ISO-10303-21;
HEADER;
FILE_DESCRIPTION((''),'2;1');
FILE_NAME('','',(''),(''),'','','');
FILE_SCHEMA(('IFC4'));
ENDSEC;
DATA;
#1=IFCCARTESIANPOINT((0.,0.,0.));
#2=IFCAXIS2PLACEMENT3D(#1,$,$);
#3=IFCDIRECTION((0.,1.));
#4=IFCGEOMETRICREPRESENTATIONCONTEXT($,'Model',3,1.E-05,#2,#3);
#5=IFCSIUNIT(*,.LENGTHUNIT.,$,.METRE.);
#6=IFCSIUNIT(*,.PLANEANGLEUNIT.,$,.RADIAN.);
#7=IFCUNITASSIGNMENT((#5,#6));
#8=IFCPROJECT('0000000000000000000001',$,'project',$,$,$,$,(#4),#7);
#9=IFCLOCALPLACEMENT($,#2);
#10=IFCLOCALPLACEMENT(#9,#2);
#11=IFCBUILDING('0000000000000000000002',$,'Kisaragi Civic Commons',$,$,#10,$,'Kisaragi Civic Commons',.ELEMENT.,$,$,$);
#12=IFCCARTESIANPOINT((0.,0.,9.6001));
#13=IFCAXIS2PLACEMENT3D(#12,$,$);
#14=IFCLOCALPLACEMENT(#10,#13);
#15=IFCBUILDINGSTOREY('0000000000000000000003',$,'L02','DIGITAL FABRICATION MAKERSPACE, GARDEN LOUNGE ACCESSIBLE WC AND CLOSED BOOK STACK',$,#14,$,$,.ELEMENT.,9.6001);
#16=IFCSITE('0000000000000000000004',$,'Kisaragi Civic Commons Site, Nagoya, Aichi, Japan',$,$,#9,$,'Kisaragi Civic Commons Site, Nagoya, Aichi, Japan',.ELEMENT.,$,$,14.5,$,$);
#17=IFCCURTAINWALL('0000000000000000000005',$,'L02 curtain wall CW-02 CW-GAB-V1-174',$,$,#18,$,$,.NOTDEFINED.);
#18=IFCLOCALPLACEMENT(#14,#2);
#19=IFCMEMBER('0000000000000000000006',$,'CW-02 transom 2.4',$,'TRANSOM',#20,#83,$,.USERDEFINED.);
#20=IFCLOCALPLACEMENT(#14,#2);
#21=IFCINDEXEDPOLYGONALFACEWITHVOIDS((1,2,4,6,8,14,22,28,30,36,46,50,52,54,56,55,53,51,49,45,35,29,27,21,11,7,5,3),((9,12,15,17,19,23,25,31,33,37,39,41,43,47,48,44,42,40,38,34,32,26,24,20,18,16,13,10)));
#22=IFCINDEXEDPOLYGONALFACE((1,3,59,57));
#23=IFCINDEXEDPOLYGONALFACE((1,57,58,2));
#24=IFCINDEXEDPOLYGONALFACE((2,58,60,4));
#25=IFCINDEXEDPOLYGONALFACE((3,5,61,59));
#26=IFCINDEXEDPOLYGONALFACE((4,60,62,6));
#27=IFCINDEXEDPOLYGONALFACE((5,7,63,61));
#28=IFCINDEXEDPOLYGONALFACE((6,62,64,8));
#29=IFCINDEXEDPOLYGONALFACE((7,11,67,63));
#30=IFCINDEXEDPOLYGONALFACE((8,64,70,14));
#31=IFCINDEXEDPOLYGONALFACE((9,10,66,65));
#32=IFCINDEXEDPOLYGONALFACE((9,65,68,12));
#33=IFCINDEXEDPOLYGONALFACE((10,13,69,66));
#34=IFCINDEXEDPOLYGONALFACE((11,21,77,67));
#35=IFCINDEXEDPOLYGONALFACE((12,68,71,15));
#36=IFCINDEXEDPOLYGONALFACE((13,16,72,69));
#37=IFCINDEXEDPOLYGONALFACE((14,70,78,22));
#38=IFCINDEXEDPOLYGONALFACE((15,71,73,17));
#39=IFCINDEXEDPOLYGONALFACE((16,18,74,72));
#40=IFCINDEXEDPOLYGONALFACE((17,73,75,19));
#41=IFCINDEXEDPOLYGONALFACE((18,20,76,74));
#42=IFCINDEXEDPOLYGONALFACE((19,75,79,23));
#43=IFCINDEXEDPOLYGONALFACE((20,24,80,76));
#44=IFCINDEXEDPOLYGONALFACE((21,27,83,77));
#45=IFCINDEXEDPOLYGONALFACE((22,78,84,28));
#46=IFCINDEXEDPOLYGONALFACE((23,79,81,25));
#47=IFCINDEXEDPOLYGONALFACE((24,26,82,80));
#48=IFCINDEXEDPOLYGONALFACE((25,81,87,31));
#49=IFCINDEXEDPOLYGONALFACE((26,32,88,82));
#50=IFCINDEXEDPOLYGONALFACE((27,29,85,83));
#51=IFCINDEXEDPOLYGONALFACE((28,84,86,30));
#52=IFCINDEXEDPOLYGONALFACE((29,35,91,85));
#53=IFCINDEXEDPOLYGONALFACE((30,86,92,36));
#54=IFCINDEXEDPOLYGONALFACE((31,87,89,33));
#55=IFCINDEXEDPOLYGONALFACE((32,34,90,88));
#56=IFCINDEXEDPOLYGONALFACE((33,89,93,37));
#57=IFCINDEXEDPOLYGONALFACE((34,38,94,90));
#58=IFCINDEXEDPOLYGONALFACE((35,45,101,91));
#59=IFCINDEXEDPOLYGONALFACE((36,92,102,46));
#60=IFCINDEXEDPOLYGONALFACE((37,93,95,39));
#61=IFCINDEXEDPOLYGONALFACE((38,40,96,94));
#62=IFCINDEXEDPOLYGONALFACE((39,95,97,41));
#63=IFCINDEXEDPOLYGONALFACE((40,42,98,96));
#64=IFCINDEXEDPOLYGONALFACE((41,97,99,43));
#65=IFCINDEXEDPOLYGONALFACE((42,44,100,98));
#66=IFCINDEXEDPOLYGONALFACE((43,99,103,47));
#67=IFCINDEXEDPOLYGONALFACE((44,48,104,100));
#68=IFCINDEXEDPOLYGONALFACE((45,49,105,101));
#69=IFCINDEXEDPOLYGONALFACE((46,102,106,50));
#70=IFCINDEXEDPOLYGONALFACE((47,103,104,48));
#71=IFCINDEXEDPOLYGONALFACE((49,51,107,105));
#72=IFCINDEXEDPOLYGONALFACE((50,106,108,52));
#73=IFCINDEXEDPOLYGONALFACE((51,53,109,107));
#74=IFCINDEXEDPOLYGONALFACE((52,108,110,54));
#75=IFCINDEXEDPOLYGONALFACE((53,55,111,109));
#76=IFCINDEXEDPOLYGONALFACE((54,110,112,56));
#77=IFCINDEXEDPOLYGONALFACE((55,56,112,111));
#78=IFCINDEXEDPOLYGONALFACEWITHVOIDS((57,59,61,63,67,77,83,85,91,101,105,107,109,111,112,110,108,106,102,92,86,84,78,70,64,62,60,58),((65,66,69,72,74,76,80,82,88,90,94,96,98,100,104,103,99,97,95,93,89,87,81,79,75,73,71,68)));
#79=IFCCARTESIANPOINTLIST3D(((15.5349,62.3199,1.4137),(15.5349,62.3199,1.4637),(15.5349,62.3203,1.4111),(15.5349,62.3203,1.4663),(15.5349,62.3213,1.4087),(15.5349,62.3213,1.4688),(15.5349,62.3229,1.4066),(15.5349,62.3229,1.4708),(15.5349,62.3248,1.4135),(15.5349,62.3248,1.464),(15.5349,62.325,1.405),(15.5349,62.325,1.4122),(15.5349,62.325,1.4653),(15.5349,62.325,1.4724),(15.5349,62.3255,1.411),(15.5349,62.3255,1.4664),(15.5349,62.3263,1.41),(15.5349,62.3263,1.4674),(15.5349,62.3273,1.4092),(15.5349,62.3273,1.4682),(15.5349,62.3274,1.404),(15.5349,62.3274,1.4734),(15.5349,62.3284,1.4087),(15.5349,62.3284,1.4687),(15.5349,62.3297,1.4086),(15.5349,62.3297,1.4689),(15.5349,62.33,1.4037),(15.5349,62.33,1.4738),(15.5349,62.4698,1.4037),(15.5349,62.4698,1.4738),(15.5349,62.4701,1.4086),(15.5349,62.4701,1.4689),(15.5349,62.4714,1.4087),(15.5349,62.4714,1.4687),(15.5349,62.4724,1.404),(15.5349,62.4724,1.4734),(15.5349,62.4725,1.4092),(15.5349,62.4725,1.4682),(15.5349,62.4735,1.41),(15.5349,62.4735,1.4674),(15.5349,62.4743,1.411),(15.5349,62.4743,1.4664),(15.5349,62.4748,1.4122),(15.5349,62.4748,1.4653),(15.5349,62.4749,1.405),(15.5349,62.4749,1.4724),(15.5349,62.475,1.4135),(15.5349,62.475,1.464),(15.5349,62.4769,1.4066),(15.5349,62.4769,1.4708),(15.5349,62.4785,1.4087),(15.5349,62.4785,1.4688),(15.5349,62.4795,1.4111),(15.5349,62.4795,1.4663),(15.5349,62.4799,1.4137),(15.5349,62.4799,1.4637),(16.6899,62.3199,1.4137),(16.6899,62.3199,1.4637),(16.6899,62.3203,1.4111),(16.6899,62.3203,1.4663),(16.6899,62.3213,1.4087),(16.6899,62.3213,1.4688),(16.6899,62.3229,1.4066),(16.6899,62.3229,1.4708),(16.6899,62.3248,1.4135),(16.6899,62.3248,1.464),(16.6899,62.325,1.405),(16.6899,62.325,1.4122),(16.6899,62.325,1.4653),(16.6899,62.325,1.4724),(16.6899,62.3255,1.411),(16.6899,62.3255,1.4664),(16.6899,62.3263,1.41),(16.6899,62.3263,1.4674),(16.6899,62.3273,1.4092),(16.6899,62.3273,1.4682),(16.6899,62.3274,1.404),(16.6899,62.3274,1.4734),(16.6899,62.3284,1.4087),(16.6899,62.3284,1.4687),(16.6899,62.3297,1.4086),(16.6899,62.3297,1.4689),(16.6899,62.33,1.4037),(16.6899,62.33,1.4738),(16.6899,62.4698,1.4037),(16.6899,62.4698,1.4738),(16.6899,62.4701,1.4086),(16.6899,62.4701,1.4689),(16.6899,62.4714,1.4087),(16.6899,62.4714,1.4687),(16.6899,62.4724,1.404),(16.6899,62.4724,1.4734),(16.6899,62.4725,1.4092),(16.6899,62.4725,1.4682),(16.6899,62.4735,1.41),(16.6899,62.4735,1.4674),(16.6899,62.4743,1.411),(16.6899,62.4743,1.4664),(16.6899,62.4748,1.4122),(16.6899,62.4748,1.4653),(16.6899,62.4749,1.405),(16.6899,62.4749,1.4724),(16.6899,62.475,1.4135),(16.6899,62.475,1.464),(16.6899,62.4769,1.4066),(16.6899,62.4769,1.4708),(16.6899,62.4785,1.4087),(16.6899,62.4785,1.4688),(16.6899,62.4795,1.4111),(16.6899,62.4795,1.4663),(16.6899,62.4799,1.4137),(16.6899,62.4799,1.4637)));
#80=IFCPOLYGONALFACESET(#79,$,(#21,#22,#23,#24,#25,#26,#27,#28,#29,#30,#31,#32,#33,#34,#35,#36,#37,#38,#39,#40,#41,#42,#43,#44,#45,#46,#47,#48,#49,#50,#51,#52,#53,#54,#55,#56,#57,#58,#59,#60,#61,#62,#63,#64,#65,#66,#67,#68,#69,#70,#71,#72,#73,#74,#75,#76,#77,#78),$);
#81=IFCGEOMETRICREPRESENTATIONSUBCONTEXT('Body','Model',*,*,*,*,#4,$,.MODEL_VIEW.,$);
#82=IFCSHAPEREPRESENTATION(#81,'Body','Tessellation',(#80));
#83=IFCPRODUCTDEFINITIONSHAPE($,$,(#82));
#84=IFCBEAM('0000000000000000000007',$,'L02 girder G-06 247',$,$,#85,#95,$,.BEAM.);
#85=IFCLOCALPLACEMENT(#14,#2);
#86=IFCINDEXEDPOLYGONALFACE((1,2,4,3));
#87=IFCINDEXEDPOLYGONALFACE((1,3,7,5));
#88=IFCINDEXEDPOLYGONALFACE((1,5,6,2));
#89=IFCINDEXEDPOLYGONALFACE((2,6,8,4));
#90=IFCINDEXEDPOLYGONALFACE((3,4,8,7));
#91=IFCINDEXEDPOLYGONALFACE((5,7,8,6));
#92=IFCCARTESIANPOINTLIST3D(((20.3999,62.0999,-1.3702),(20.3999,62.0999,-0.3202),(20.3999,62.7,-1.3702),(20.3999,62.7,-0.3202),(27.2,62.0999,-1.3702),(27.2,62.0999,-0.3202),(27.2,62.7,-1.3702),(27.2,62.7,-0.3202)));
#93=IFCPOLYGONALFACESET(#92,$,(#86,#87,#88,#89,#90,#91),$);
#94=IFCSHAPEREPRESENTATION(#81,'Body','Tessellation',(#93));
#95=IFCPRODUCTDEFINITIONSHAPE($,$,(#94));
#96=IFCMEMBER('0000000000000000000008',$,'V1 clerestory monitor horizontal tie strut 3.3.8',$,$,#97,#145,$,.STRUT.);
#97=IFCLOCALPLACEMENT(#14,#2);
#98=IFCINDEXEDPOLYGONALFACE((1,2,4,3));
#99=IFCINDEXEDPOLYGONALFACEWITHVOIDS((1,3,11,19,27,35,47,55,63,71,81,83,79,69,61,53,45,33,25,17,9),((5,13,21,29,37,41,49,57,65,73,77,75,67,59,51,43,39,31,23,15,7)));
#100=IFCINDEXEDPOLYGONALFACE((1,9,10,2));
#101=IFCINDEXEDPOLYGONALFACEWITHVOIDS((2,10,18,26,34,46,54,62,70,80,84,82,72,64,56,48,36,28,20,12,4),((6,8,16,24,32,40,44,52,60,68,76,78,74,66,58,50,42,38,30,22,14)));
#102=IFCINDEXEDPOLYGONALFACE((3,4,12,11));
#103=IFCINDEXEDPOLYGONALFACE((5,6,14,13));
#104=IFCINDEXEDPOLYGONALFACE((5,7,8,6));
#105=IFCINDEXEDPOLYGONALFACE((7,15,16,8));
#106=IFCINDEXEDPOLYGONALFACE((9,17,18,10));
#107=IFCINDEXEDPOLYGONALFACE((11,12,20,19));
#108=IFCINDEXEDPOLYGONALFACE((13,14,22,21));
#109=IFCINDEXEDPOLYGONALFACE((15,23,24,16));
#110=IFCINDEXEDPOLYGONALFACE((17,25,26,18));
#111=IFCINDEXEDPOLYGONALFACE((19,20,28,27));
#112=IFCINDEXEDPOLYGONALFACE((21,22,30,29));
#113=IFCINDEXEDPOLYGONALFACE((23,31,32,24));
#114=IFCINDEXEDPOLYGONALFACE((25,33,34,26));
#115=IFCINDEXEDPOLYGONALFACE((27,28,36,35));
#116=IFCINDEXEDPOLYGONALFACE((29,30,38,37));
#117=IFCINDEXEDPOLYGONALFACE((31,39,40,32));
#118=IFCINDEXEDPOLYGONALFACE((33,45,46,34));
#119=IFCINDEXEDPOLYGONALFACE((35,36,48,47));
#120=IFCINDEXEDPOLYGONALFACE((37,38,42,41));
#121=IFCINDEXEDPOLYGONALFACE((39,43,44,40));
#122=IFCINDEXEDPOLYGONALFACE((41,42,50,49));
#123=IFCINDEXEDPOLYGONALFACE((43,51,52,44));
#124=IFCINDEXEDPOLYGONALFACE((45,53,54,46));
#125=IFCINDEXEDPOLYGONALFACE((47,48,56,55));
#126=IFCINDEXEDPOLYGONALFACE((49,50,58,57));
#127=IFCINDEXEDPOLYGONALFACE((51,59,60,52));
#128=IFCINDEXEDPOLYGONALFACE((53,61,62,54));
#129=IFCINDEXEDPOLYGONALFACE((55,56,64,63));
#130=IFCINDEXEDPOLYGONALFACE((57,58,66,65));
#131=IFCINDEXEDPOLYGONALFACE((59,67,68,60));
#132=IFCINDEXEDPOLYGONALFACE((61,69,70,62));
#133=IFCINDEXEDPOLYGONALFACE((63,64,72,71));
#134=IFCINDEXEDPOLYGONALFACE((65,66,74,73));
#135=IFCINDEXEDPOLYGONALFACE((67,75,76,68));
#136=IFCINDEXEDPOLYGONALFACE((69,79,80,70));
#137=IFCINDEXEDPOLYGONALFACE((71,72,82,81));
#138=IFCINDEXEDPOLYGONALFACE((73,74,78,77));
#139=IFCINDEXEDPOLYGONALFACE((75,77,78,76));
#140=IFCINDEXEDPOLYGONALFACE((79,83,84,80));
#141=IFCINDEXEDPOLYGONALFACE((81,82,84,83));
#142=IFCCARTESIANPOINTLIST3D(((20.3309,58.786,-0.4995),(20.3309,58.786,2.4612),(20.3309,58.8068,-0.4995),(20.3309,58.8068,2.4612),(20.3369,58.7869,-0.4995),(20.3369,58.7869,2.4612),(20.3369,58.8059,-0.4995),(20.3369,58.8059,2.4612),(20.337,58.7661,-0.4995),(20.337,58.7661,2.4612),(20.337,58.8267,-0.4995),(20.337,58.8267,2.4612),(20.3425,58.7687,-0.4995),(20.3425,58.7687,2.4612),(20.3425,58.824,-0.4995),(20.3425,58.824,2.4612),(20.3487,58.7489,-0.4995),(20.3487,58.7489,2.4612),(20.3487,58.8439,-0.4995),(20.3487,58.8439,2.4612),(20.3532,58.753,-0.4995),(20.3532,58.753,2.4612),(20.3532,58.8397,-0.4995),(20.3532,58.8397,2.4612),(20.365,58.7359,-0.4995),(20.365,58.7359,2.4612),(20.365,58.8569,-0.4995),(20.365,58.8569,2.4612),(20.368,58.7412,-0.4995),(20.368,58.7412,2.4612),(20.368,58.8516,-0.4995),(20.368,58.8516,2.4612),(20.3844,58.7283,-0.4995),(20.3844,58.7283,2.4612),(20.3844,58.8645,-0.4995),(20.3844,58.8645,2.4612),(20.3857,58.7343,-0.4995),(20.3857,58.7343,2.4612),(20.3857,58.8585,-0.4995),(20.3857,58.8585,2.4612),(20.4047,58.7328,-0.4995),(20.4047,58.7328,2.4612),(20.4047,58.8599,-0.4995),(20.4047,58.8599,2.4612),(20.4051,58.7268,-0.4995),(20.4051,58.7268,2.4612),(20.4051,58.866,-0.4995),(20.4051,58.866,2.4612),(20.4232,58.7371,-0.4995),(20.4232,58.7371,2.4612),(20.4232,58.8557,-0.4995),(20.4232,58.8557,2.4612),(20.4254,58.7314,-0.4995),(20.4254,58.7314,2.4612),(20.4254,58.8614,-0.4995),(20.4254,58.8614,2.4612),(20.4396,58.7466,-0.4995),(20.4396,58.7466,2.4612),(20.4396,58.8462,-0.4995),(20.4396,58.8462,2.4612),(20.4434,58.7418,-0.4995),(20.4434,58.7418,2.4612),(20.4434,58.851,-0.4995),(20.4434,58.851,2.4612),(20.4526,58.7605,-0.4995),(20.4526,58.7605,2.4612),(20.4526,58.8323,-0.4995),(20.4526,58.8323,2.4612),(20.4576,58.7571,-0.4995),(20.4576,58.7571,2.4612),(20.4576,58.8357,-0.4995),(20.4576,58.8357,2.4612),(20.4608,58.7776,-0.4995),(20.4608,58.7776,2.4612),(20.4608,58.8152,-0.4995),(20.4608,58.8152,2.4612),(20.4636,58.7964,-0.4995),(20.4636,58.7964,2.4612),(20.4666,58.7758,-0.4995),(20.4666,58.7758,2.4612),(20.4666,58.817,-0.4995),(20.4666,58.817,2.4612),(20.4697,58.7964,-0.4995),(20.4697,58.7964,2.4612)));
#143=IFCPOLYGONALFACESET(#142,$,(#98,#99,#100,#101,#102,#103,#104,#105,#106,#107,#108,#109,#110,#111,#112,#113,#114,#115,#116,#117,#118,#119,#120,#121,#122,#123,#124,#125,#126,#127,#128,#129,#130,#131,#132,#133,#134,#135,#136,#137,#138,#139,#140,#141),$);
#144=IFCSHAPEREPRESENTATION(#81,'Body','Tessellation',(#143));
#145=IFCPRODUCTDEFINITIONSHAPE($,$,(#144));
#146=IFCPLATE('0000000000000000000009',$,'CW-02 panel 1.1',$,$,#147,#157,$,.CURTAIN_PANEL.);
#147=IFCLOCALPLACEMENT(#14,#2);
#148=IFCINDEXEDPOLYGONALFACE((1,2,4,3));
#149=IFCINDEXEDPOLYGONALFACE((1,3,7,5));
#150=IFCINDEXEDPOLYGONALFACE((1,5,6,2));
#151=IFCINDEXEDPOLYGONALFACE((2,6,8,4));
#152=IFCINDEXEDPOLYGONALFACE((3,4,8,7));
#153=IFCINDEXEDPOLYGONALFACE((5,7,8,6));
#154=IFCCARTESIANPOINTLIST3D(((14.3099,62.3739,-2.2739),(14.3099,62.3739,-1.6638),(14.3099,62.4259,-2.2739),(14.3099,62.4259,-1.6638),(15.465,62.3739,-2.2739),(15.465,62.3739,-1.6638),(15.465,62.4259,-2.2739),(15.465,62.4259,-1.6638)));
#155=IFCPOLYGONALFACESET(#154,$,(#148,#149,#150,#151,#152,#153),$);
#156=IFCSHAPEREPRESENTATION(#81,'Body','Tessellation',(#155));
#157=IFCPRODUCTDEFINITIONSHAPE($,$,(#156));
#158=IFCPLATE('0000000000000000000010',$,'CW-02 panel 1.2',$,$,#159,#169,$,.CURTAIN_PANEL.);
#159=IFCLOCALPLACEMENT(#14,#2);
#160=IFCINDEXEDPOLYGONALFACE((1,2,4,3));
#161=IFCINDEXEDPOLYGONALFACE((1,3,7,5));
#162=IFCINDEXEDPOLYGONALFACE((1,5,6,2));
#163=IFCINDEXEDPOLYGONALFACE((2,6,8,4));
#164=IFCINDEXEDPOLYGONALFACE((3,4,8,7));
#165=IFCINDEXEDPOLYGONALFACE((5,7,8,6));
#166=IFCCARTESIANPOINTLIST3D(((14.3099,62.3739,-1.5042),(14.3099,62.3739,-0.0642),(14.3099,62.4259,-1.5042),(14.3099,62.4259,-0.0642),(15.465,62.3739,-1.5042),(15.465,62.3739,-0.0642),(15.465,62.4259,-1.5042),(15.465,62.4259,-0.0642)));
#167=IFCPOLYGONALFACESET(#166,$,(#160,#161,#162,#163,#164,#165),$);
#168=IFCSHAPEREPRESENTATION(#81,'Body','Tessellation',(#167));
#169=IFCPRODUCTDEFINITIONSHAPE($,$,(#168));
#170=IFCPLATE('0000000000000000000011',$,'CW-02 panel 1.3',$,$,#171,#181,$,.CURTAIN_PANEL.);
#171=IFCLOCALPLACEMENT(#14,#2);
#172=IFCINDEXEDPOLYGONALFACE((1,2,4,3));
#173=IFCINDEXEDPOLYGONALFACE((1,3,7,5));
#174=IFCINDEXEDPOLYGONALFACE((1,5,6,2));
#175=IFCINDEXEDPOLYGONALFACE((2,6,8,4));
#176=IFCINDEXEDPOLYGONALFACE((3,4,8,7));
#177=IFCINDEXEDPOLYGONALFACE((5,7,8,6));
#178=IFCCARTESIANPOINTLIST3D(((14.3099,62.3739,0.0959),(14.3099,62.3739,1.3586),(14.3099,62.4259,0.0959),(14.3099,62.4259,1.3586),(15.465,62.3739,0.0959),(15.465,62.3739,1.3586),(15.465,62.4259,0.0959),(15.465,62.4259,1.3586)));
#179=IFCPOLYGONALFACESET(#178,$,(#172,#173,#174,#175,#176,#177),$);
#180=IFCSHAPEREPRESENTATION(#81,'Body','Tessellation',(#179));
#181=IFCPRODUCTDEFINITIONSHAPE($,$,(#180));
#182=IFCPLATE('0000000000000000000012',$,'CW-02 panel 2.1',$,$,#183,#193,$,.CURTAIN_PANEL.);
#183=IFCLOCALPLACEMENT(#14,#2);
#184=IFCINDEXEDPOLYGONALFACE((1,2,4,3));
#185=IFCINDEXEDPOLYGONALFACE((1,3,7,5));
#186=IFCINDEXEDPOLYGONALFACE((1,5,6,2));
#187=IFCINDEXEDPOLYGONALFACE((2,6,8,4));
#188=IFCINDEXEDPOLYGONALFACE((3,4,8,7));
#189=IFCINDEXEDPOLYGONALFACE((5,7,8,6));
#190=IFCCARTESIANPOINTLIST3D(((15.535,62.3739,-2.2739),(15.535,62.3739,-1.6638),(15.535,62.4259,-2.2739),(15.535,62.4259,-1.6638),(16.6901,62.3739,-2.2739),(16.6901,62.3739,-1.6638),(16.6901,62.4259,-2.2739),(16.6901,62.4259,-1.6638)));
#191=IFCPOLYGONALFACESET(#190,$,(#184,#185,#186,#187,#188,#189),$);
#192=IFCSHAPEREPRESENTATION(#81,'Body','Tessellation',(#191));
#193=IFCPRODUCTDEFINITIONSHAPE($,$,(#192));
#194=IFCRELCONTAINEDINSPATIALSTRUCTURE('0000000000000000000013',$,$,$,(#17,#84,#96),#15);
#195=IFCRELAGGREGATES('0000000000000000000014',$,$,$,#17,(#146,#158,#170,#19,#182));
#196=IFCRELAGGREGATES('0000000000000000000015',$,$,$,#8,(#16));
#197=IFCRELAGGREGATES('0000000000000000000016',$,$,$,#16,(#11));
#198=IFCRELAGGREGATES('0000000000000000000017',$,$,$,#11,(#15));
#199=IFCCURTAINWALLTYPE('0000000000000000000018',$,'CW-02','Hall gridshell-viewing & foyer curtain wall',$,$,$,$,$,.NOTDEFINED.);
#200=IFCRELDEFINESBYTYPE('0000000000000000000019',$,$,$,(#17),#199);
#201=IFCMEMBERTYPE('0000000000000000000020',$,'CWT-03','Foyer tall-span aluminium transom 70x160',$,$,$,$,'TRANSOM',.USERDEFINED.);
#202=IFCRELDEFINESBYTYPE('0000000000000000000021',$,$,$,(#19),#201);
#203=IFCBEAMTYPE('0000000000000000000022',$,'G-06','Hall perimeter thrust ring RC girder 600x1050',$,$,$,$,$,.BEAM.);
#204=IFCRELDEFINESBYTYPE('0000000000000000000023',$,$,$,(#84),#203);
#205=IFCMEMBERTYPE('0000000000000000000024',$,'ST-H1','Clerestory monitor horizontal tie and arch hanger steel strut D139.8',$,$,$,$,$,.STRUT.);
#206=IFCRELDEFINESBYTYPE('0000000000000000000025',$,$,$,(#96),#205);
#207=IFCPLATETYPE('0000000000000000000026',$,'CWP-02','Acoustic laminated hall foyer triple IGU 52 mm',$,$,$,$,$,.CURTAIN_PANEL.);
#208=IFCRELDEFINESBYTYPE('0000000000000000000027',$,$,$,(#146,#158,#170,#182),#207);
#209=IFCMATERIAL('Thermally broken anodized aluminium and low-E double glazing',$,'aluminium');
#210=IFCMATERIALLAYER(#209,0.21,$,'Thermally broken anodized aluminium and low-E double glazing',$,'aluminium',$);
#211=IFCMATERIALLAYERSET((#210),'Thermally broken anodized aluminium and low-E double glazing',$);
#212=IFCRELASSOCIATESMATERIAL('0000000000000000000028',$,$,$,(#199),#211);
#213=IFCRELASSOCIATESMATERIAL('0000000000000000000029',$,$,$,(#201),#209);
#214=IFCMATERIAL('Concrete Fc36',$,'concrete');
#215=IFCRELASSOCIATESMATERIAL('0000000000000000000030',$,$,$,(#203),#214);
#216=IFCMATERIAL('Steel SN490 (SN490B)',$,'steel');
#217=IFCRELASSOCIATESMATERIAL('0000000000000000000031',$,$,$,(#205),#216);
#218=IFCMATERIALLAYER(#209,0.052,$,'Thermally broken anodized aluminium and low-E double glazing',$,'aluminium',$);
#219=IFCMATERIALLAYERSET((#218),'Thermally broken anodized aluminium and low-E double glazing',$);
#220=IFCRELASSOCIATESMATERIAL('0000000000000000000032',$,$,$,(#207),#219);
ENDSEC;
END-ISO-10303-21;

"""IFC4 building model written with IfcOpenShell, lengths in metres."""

from ifc_helpers import new_model, si_unit, direction, frame, origin, origin_2d, place, context, subcontext, project, spatial, rectangle, hollow_rectangle, hollow_circle, extrude, material, layer, layer_set, material_profile, profile_set, type_object, element, aggregate, save


model = new_model("IFC4")

# Units and contexts
model_context = context("Model", 3, precision=1e-05, world=origin(), true_north=direction((0.0, 1.0)))
body_context = subcontext(model_context, "Body", "Model", "MODEL_VIEW")
ifc_project = project(units=[si_unit("LENGTHUNIT", "METRE"), si_unit("PLANEANGLEUNIT", "RADIAN")], contexts=[model_context])

# Site, building, storey
site_placement = place(None, origin())
site = spatial("IfcSite", under=ifc_project, at=site_placement, Name="Kisaragi Civic Commons Site, Nagoya, Aichi, Japan", LongName="Kisaragi Civic Commons Site, Nagoya, Aichi, Japan", CompositionType="ELEMENT", RefElevation=14.5)
building_placement = place(site_placement, origin())
building = spatial("IfcBuilding", under=site, at=building_placement, Name="Kisaragi Civic Commons", LongName="Kisaragi Civic Commons", CompositionType="ELEMENT")
storey_placement = place(building_placement, frame((0.0, 0.0, 9.6001)))
storey = spatial("IfcBuildingStorey", under=building, at=storey_placement, Name="L02", Description="DIGITAL FABRICATION MAKERSPACE, GARDEN LOUNGE ACCESSIBLE WC AND CLOSED BOOK STACK", CompositionType="ELEMENT", Elevation=9.6001)

# Shared definitions
ifc_material_1 = material(Name="Concrete Fc36", Category="concrete")

# Curtain wall, member
ifc_material_2 = material(Name="Thermally broken anodized aluminium and low-E double glazing", Category="aluminium")
ifc_layer_1 = layer(ifc_material_2, 0.21, Name="Thermally broken anodized aluminium and low-E double glazing", Category="aluminium")
ifc_layer_set_1 = layer_set([ifc_layer_1], Name="Thermally broken anodized aluminium and low-E double glazing")
curtain_wall_type = type_object("IfcCurtainWallType", Name="CW-02", Description="Hall gridshell-viewing & foyer curtain wall", PredefinedType="NOTDEFINED", material=ifc_layer_set_1)
curtain_wall_placement = place(storey_placement, origin())
curtain_wall = element("IfcCurtainWall", 1, at=curtain_wall_placement, inside=storey, type_object=curtain_wall_type, Name="L02 curtain wall CW-02 CW-GAB-V1-174", PredefinedType="NOTDEFINED")
ifc_material_profile_1 = material_profile(ifc_material_2, hollow_rectangle(XDim=0.1599, YDim=0.0701, WallThickness=0.0049, InnerFilletRadius=0.0049, OuterFilletRadius=0.01, at=origin_2d()), Name="CWT-70x160x5", Category="aluminium")
ifc_profile_set_1 = profile_set([ifc_material_profile_1], Name="Thermally broken anodized aluminium and low-E double glazing")
member_type_1 = type_object("IfcMemberType", Name="CWT-03", Description="Foyer tall-span aluminium transom 70x160", ElementType="TRANSOM", PredefinedType="USERDEFINED", material=ifc_profile_set_1)
member_1_placement = place(storey_placement, frame((15.5349, 62.3999, 1.4387), z_axis=(1.0, 0.0, 0.0), x_axis=(0.0, 1.0, 0.0)))
member_1 = element("IfcMember", 2, at=member_1_placement, type_object=member_type_1, Name="CW-02 transom 2.4", ObjectType="TRANSOM", PredefinedType="USERDEFINED", context=body_context, shape_type="SweptSolid", body=[
    extrude(hollow_rectangle(XDim=0.1599, YDim=0.0701, WallThickness=0.0049, InnerFilletRadius=0.0049, OuterFilletRadius=0.01, at=origin_2d()), origin(), (0.0, 0.0, 1.0), 1.155),
])

# Beam
ifc_material_profile_2 = material_profile(ifc_material_1, rectangle(XDim=0.6001, YDim=1.05, at=origin_2d()), Name="RC-600x1050", Category="concrete")
ifc_profile_set_2 = profile_set([ifc_material_profile_2], Name="Concrete Fc36")
beam_type_1 = type_object("IfcBeamType", Name="G-06", Description="Hall perimeter thrust ring RC girder 600x1050", PredefinedType="BEAM", material=ifc_profile_set_2)
beam_1_placement = place(storey_placement, frame((20.3999, 62.3999, -0.8452), z_axis=(1.0, 0.0, 0.0), x_axis=(0.0, 1.0, 0.0)))
element("IfcBeam", 3, at=beam_1_placement, inside=storey, type_object=beam_type_1, Name="L02 girder G-06 247", PredefinedType="BEAM", context=body_context, shape_type="SweptSolid", body=[
    extrude(rectangle(XDim=0.6001, YDim=1.05, at=origin_2d()), origin(), (0.0, 0.0, 1.0), 6.8),
])

# Member
ifc_material_3 = material(Name="Steel SN490 (SN490B)", Category="steel")
ifc_material_profile_3 = material_profile(ifc_material_3, hollow_circle(Radius=0.0698, WallThickness=0.0061, at=origin_2d()), Name="CHS-139.8x6.0", Category="steel")
ifc_profile_set_3 = profile_set([ifc_material_profile_3], Name="Steel SN490 (SN490B)")
member_type_2 = type_object("IfcMemberType", Name="ST-H1", Description="Clerestory monitor horizontal tie and arch hanger steel strut D139.8", PredefinedType="STRUT", material=ifc_profile_set_3)
member_2_placement = place(storey_placement, frame((20.3999, 58.7964, -0.4995), z_axis=(0.0, 0.0, 1.0), x_axis=(1.0, 0.0, 0.0)))
element("IfcMember", 4, at=member_2_placement, inside=storey, type_object=member_type_2, Name="V1 clerestory monitor horizontal tie strut 3.3.8", PredefinedType="STRUT", context=body_context, shape_type="SweptSolid", body=[
    extrude(hollow_circle(Radius=0.0698, WallThickness=0.0061, at=origin_2d()), origin(), (0.0, 0.0, 1.0), 2.9607),
])

# Plates
ifc_layer_2 = layer(ifc_material_2, 0.052, Name="Thermally broken anodized aluminium and low-E double glazing", Category="aluminium")
ifc_layer_set_2 = layer_set([ifc_layer_2], Name="Thermally broken anodized aluminium and low-E double glazing")
plate_type_1 = type_object("IfcPlateType", Name="CWP-02", Description="Acoustic laminated hall foyer triple IGU 52 mm", PredefinedType="CURTAIN_PANEL", material=ifc_layer_set_2)
plate_1_placement = place(storey_placement, frame((14.8875, 62.3999, -2.2739), z_axis=(0.0, 0.0, 1.0), x_axis=(1.0, 0.0, 0.0)))
plate_1 = element("IfcPlate", 5, at=plate_1_placement, type_object=plate_type_1, Name="CW-02 panel 1.1", PredefinedType="CURTAIN_PANEL", context=body_context, shape_type="SweptSolid", body=[
    extrude(rectangle(XDim=1.155, YDim=0.052, at=origin_2d()), origin(), (0.0, 0.0, 1.0), 0.6101),
])
plate_2_placement = place(storey_placement, frame((14.8875, 62.3999, -1.5042), z_axis=(0.0, 0.0, 1.0), x_axis=(1.0, 0.0, 0.0)))
plate_2 = element("IfcPlate", 6, at=plate_2_placement, type_object=plate_type_1, Name="CW-02 panel 1.2", PredefinedType="CURTAIN_PANEL", context=body_context, shape_type="SweptSolid", body=[
    extrude(rectangle(XDim=1.155, YDim=0.052, at=origin_2d()), origin(), (0.0, 0.0, 1.0), 1.4399),
])
plate_3_placement = place(storey_placement, frame((14.8875, 62.3999, 0.0959), z_axis=(0.0, 0.0, 1.0), x_axis=(1.0, 0.0, 0.0)))
plate_3 = element("IfcPlate", 7, at=plate_3_placement, type_object=plate_type_1, Name="CW-02 panel 1.3", PredefinedType="CURTAIN_PANEL", context=body_context, shape_type="SweptSolid", body=[
    extrude(rectangle(XDim=1.155, YDim=0.052, at=origin_2d()), origin(), (0.0, 0.0, 1.0), 1.2627),
])
plate_4_placement = place(storey_placement, frame((16.1125, 62.3999, -2.2739), z_axis=(0.0, 0.0, 1.0), x_axis=(1.0, 0.0, 0.0)))
plate_4 = element("IfcPlate", 8, at=plate_4_placement, type_object=plate_type_1, Name="CW-02 panel 2.1", PredefinedType="CURTAIN_PANEL", context=body_context, shape_type="SweptSolid", body=[
    extrude(rectangle(XDim=1.155, YDim=0.052, at=origin_2d()), origin(), (0.0, 0.0, 1.0), 0.6101),
])
aggregate(curtain_wall, [plate_1, plate_2, plate_3, member_1, plate_4])

save(model, "model.ifc")
